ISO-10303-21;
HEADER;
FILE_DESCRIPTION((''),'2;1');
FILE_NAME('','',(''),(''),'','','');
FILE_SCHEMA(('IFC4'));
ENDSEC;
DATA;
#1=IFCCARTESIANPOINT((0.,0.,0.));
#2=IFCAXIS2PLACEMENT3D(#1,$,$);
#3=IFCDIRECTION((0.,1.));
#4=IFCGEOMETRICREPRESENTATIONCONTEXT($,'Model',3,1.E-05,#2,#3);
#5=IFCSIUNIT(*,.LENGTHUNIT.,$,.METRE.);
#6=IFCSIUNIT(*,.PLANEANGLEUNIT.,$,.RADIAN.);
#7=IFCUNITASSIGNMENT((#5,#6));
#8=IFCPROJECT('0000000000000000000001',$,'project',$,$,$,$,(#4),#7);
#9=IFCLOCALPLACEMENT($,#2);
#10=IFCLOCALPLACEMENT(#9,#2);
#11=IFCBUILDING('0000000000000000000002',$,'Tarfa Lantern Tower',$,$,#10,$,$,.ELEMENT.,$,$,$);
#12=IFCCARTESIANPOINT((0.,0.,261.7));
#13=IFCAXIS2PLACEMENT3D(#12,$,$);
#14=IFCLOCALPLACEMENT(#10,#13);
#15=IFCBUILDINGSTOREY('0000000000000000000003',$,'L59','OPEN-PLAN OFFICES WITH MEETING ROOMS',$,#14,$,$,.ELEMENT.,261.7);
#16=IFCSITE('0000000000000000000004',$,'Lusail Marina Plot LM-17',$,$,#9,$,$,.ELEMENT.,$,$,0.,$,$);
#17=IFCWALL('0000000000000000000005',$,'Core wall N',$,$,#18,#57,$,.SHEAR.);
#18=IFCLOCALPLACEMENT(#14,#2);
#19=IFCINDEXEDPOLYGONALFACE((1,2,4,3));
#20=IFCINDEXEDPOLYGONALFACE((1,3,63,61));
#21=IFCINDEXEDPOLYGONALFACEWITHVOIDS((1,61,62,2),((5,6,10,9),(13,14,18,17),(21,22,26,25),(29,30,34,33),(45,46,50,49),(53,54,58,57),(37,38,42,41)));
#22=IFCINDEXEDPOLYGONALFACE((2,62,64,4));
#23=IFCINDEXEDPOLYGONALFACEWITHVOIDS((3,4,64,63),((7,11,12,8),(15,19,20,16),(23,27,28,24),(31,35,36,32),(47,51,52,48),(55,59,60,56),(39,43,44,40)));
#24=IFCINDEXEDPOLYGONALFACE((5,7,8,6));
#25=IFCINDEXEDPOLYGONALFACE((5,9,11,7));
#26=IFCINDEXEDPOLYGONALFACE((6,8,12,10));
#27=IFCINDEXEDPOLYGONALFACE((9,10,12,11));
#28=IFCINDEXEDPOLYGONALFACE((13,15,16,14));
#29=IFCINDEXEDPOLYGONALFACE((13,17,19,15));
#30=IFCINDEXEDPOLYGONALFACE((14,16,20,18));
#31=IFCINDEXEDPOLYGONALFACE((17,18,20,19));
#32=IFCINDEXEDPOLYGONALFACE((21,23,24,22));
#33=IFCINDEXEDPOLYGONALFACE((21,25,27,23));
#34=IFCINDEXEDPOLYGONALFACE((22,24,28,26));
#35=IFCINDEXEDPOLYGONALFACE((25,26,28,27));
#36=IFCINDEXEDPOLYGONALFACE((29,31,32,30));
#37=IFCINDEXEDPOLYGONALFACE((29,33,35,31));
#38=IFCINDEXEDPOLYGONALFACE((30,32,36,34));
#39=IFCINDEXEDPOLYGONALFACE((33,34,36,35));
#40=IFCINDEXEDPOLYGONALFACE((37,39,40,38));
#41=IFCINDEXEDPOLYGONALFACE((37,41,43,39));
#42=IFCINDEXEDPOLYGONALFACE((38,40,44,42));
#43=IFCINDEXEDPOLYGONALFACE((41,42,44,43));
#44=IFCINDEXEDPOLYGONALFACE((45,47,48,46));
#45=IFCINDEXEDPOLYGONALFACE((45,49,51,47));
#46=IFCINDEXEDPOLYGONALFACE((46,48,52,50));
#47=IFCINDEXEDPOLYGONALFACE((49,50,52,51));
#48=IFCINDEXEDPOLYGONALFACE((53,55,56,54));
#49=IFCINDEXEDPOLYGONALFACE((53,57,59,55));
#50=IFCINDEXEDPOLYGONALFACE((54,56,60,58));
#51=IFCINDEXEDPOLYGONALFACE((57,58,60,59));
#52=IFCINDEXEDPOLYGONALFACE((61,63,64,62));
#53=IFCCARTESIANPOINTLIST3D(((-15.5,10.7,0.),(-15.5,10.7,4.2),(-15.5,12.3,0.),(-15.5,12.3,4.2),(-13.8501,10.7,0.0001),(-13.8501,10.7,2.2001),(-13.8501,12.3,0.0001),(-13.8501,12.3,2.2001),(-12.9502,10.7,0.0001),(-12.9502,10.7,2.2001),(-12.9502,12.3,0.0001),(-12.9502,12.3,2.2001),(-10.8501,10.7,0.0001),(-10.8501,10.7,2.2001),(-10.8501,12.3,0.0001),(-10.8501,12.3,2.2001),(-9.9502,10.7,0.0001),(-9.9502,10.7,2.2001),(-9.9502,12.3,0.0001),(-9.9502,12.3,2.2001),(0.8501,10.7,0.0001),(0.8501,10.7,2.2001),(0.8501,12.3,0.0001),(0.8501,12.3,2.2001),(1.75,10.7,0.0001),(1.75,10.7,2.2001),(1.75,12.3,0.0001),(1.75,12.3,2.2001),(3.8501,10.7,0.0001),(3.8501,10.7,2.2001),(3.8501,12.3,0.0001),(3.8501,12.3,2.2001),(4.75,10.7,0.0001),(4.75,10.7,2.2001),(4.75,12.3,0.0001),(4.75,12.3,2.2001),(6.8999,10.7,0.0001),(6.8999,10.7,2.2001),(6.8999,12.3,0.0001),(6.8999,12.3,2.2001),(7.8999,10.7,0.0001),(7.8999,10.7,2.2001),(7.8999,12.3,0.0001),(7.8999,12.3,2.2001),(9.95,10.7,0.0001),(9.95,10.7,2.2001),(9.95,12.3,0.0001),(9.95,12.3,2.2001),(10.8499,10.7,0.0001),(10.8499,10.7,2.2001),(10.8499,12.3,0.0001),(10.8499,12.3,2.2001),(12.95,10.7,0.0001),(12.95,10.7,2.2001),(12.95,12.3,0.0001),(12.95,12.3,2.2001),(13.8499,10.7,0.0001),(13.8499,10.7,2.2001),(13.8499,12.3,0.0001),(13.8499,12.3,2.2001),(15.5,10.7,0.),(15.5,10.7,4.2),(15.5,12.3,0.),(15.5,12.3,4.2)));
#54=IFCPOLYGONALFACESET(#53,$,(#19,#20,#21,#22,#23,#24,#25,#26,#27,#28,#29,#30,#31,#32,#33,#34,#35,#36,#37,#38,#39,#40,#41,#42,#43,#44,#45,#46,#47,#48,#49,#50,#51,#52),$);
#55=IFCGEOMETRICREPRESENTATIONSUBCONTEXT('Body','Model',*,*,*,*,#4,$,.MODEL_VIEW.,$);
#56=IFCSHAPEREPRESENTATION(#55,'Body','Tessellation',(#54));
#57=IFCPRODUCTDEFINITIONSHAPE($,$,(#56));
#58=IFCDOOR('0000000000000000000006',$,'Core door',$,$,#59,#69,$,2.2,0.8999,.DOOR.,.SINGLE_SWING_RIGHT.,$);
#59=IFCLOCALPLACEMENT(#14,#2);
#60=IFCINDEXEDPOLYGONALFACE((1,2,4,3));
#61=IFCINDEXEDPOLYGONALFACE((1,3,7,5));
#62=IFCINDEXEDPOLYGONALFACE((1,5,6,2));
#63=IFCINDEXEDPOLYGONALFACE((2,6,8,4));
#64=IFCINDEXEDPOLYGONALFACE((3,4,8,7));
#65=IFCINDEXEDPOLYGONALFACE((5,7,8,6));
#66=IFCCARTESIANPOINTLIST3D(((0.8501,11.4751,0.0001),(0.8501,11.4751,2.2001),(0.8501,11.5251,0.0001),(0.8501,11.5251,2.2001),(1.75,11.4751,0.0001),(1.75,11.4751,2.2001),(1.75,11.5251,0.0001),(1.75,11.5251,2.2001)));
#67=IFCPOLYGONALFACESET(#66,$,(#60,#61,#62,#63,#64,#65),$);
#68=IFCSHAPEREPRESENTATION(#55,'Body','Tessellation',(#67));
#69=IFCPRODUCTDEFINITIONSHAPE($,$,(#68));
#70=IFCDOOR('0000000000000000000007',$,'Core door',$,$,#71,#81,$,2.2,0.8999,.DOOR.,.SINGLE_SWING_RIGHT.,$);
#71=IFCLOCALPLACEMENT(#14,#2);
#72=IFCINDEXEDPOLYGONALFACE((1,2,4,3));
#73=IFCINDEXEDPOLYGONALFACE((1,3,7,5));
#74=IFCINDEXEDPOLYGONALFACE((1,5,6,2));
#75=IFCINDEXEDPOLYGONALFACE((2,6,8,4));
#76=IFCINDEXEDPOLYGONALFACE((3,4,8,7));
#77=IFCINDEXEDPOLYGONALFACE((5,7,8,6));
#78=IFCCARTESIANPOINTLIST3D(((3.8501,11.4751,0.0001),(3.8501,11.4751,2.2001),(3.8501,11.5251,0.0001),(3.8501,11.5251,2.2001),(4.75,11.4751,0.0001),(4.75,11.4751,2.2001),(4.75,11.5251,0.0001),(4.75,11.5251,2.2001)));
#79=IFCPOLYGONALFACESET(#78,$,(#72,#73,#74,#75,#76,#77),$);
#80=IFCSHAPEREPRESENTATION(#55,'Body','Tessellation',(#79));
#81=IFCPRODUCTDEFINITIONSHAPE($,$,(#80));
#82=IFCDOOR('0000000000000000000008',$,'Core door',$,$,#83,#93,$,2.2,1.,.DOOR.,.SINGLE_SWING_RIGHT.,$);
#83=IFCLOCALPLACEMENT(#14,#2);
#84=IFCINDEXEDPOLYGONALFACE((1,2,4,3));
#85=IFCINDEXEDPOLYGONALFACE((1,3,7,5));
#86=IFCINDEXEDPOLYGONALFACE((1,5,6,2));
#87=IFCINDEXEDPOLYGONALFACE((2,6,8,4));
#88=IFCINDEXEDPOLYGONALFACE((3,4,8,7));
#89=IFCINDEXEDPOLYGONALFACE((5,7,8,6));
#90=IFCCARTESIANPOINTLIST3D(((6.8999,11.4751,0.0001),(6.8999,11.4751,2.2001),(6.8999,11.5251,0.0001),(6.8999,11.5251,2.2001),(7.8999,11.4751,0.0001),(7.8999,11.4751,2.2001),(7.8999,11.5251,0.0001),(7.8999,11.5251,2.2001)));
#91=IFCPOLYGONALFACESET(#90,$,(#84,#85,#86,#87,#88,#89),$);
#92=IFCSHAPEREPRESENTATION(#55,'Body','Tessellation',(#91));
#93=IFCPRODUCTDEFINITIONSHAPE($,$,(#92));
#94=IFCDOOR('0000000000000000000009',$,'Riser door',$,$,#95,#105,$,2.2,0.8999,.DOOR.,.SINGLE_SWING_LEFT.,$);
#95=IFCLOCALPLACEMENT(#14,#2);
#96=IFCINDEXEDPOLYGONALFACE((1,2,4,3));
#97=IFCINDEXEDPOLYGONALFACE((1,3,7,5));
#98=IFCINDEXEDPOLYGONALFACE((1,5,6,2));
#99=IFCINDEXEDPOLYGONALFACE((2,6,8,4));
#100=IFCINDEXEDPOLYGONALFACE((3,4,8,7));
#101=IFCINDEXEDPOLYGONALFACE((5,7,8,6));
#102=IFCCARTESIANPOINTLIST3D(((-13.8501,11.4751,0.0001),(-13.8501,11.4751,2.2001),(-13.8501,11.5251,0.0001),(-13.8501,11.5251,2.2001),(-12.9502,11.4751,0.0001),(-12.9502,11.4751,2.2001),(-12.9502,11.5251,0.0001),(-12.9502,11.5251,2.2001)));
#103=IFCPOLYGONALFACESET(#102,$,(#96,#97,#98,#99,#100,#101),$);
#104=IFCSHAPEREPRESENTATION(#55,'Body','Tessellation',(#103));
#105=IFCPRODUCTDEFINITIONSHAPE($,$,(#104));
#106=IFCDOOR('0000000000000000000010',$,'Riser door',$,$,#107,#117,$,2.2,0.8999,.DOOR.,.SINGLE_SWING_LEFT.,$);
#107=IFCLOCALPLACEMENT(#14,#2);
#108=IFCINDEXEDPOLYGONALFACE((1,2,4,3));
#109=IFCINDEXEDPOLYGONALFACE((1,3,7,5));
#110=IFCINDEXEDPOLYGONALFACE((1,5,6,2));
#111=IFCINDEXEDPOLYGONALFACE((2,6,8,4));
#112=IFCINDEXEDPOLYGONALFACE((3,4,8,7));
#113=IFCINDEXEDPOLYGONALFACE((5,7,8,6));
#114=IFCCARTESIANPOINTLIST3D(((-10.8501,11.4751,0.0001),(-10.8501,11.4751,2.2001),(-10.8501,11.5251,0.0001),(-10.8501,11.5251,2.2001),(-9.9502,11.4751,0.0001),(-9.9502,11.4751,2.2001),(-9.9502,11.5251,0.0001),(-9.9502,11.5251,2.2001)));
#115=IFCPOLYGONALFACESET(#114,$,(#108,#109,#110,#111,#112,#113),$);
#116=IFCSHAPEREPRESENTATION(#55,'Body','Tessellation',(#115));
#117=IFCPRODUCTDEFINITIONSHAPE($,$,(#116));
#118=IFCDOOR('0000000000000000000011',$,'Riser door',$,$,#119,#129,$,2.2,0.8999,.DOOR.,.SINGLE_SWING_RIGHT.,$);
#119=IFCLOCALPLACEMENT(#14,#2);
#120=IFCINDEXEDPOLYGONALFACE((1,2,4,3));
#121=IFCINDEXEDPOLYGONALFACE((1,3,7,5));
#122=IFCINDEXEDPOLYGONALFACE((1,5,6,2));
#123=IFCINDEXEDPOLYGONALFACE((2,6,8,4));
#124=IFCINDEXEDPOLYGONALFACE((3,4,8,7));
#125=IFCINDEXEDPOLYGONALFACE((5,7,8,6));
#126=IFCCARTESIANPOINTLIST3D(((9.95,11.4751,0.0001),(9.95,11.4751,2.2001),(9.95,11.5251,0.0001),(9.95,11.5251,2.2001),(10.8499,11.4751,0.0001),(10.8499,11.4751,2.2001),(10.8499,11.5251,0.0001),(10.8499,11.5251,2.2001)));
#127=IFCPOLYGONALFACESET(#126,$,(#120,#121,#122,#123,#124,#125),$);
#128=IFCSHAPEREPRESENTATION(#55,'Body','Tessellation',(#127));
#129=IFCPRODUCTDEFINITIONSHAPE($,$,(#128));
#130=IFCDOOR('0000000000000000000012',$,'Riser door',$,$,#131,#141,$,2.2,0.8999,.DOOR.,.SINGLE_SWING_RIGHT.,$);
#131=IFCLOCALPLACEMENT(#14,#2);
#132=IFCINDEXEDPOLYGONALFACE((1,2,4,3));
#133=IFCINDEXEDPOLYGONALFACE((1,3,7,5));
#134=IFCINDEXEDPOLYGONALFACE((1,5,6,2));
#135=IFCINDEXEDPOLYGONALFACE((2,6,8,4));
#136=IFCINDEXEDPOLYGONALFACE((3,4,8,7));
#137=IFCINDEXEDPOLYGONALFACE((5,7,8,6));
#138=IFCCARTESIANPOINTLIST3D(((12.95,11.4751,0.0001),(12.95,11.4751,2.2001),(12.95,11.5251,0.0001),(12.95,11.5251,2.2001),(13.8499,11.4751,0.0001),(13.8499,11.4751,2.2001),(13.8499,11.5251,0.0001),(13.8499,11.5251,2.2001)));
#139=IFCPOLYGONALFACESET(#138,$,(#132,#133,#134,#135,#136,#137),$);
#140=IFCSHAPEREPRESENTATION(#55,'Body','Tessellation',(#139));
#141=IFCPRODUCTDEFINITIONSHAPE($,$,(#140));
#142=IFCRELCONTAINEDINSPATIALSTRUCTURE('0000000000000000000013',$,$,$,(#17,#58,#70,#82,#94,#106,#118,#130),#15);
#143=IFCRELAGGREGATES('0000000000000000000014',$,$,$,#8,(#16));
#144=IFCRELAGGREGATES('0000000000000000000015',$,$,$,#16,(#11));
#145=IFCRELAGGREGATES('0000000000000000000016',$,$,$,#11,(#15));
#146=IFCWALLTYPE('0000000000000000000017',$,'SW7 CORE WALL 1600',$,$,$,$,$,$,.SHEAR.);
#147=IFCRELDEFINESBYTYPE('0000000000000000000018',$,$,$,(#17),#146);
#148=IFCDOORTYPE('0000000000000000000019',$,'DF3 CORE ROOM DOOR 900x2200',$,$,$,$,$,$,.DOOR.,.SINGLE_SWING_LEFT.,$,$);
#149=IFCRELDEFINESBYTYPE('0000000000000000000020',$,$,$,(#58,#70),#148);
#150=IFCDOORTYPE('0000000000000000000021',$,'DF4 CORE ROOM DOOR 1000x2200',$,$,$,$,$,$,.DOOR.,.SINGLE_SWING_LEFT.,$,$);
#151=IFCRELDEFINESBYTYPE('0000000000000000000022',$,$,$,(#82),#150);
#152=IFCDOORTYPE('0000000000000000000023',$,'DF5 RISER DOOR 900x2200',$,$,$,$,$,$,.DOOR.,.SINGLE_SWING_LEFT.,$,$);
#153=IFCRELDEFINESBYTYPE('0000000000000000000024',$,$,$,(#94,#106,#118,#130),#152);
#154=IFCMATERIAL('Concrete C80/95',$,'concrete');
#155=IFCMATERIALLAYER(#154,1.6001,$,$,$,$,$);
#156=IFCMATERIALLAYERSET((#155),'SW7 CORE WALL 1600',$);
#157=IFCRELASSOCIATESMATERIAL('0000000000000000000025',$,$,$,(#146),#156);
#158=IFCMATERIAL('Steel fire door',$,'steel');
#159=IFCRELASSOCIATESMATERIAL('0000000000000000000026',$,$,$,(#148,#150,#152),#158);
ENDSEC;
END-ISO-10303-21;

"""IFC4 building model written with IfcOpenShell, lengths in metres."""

from ifc_helpers import new_model, si_unit, direction, frame, frame_2d, origin, place, context, subcontext, project, spatial, rectangle, extrude, material, layer, layer_set, type_object, element, fill, save


model = new_model("IFC4")

# Units and contexts
model_context = context("Model", 3, precision=1e-05, world=origin(), true_north=direction((0.0, 1.0)))
body_context = subcontext(model_context, "Body", "Model", "MODEL_VIEW")
ifc_project = project(units=[si_unit("LENGTHUNIT", "METRE"), si_unit("PLANEANGLEUNIT", "RADIAN")], contexts=[model_context])

# Site, building, storey
site_placement = place(None, origin())
site = spatial("IfcSite", under=ifc_project, at=site_placement, Name="Lusail Marina Plot LM-17", CompositionType="ELEMENT", RefElevation=0.0)
building_placement = place(site_placement, origin())
building = spatial("IfcBuilding", under=site, at=building_placement, Name="Tarfa Lantern Tower", CompositionType="ELEMENT")
storey_placement = place(building_placement, frame((0.0, 0.0, 261.7)))
storey = spatial("IfcBuildingStorey", under=building, at=storey_placement, Name="L59", Description="OPEN-PLAN OFFICES WITH MEETING ROOMS", CompositionType="ELEMENT", Elevation=261.7)

# Shared definitions
ifc_material_1 = material(Name="Concrete C80/95", Category="concrete")
ifc_material_2 = material(Name="Steel fire door", Category="steel")

# Wall, openings, doors
ifc_layer_1 = layer(ifc_material_1, 1.6001)
ifc_layer_set_1 = layer_set([ifc_layer_1], Name="SW7 CORE WALL 1600")
wall_type_1 = type_object("IfcWallType", Name="SW7 CORE WALL 1600", PredefinedType="SHEAR", material=ifc_layer_set_1)
wall_1_placement = place(storey_placement, frame((-15.5, 11.5, 0.0), z_axis=(0.0, 0.0, 1.0), x_axis=(1.0, 0.0, 0.0)))
wall_1 = element("IfcWall", 1, at=wall_1_placement, inside=storey, type_object=wall_type_1, Name="Core wall N", PredefinedType="SHEAR", context=body_context, shape_type="SweptSolid", body=[
    extrude(rectangle(XDim=31.0, YDim=1.6001, at=frame_2d((15.5, 0.0))), origin(), (0.0, 0.0, 1.0), 4.2),
])
opening_1_placement = place(wall_1_placement, frame((16.3501, 0.0, 0.0)))
opening_1 = element("IfcOpeningElement", 2, at=opening_1_placement, cuts=wall_1, PredefinedType="OPENING", context=body_context, shape_type="SweptSolid", body=[
    extrude(rectangle(XDim=0.8999, YDim=2.2, at=frame_2d((0.45, 1.1001))), frame((0.0, 0.8101, 0.0), z_axis=(0.0, -1.0, 0.0), x_axis=(1.0, 0.0, 0.0)), (0.0, 0.0, 1.0), 1.6201),
])
opening_2_placement = place(wall_1_placement, frame((19.3501, 0.0, 0.0)))
opening_2 = element("IfcOpeningElement", 3, at=opening_2_placement, cuts=wall_1, PredefinedType="OPENING", context=body_context, shape_type="SweptSolid", body=[
    extrude(rectangle(XDim=0.8999, YDim=2.2, at=frame_2d((0.45, 1.1001))), frame((0.0, 0.8101, 0.0), z_axis=(0.0, -1.0, 0.0), x_axis=(1.0, 0.0, 0.0)), (0.0, 0.0, 1.0), 1.6201),
])
opening_3_placement = place(wall_1_placement, frame((22.3999, 0.0, 0.0)))
opening_3 = element("IfcOpeningElement", 4, at=opening_3_placement, cuts=wall_1, PredefinedType="OPENING", context=body_context, shape_type="SweptSolid", body=[
    extrude(rectangle(XDim=1.0, YDim=2.2, at=frame_2d((0.5, 1.1001))), frame((0.0, 0.8101, 0.0), z_axis=(0.0, -1.0, 0.0), x_axis=(1.0, 0.0, 0.0)), (0.0, 0.0, 1.0), 1.6201),
])
opening_4_placement = place(wall_1_placement, frame((1.6499, 0.0, 0.0)))
opening_4 = element("IfcOpeningElement", 5, at=opening_4_placement, cuts=wall_1, PredefinedType="OPENING", context=body_context, shape_type="SweptSolid", body=[
    extrude(rectangle(XDim=0.8999, YDim=2.2, at=frame_2d((0.45, 1.1001))), frame((0.0, 0.8101, 0.0), z_axis=(0.0, -1.0, 0.0), x_axis=(1.0, 0.0, 0.0)), (0.0, 0.0, 1.0), 1.6201),
])
opening_5_placement = place(wall_1_placement, frame((4.6499, 0.0, 0.0)))
opening_5 = element("IfcOpeningElement", 6, at=opening_5_placement, cuts=wall_1, PredefinedType="OPENING", context=body_context, shape_type="SweptSolid", body=[
    extrude(rectangle(XDim=0.8999, YDim=2.2, at=frame_2d((0.45, 1.1001))), frame((0.0, 0.8101, 0.0), z_axis=(0.0, -1.0, 0.0), x_axis=(1.0, 0.0, 0.0)), (0.0, 0.0, 1.0), 1.6201),
])
opening_6_placement = place(wall_1_placement, frame((25.45, 0.0, 0.0)))
opening_6 = element("IfcOpeningElement", 7, at=opening_6_placement, cuts=wall_1, PredefinedType="OPENING", context=body_context, shape_type="SweptSolid", body=[
    extrude(rectangle(XDim=0.8999, YDim=2.2, at=frame_2d((0.45, 1.1001))), frame((0.0, 0.8101, 0.0), z_axis=(0.0, -1.0, 0.0), x_axis=(1.0, 0.0, 0.0)), (0.0, 0.0, 1.0), 1.6201),
])
opening_7_placement = place(wall_1_placement, frame((28.45, 0.0, 0.0)))
opening_7 = element("IfcOpeningElement", 8, at=opening_7_placement, cuts=wall_1, PredefinedType="OPENING", context=body_context, shape_type="SweptSolid", body=[
    extrude(rectangle(XDim=0.8999, YDim=2.2, at=frame_2d((0.45, 1.1001))), frame((0.0, 0.8101, 0.0), z_axis=(0.0, -1.0, 0.0), x_axis=(1.0, 0.0, 0.0)), (0.0, 0.0, 1.0), 1.6201),
])
door_type_1 = type_object("IfcDoorType", Name="DF3 CORE ROOM DOOR 900x2200", OperationType="SINGLE_SWING_LEFT", PredefinedType="DOOR", material=ifc_material_2)
door_1_placement = place(opening_1_placement, frame((0.8999, 0.0, 0.0), z_axis=(0.0, 0.0, 1.0), x_axis=(-1.0, 0.0, 0.0)))
door_1 = element("IfcDoor", 9, at=door_1_placement, inside=storey, type_object=door_type_1, Name="Core door", OperationType="SINGLE_SWING_RIGHT", OverallHeight=2.2, OverallWidth=0.8999, PredefinedType="DOOR", context=body_context, shape_type="SweptSolid", body=[
    extrude(rectangle(XDim=0.8999, YDim=2.2, at=frame_2d((0.45, 1.1001))), frame((0.0, 0.0249, 0.0), z_axis=(0.0, -1.0, 0.0), x_axis=(1.0, 0.0, 0.0)), (0.0, 0.0, 1.0), 0.05),
])
fill(opening_1, door_1)
door_2_placement = place(opening_2_placement, frame((0.8999, 0.0, 0.0), z_axis=(0.0, 0.0, 1.0), x_axis=(-1.0, 0.0, 0.0)))
door_2 = element("IfcDoor", 10, at=door_2_placement, inside=storey, type_object=door_type_1, Name="Core door", OperationType="SINGLE_SWING_RIGHT", OverallHeight=2.2, OverallWidth=0.8999, PredefinedType="DOOR", context=body_context, shape_type="SweptSolid", body=[
    extrude(rectangle(XDim=0.8999, YDim=2.2, at=frame_2d((0.45, 1.1001))), frame((0.0, 0.0249, 0.0), z_axis=(0.0, -1.0, 0.0), x_axis=(1.0, 0.0, 0.0)), (0.0, 0.0, 1.0), 0.05),
])
fill(opening_2, door_2)
door_type_2 = type_object("IfcDoorType", Name="DF4 CORE ROOM DOOR 1000x2200", OperationType="SINGLE_SWING_LEFT", PredefinedType="DOOR", material=ifc_material_2)
door_3_placement = place(opening_3_placement, frame((1.0, 0.0, 0.0), z_axis=(0.0, 0.0, 1.0), x_axis=(-1.0, 0.0, 0.0)))
door_3 = element("IfcDoor", 11, at=door_3_placement, inside=storey, type_object=door_type_2, Name="Core door", OperationType="SINGLE_SWING_RIGHT", OverallHeight=2.2, OverallWidth=1.0, PredefinedType="DOOR", context=body_context, shape_type="SweptSolid", body=[
    extrude(rectangle(XDim=1.0, YDim=2.2, at=frame_2d((0.5, 1.1001))), frame((0.0, 0.0249, 0.0), z_axis=(0.0, -1.0, 0.0), x_axis=(1.0, 0.0, 0.0)), (0.0, 0.0, 1.0), 0.05),
])
fill(opening_3, door_3)
door_type_3 = type_object("IfcDoorType", Name="DF5 RISER DOOR 900x2200", OperationType="SINGLE_SWING_LEFT", PredefinedType="DOOR", material=ifc_material_2)
door_4_placement = place(opening_4_placement, frame((0.8999, 0.0, 0.0), z_axis=(0.0, 0.0, 1.0), x_axis=(-1.0, 0.0, 0.0)))
door_4 = element("IfcDoor", 12, at=door_4_placement, inside=storey, type_object=door_type_3, Name="Riser door", OperationType="SINGLE_SWING_LEFT", OverallHeight=2.2, OverallWidth=0.8999, PredefinedType="DOOR", context=body_context, shape_type="SweptSolid", body=[
    extrude(rectangle(XDim=0.8999, YDim=2.2, at=frame_2d((0.45, 1.1001))), frame((0.0, 0.0249, 0.0), z_axis=(0.0, -1.0, 0.0), x_axis=(1.0, 0.0, 0.0)), (0.0, 0.0, 1.0), 0.05),
])
fill(opening_4, door_4)
door_5_placement = place(opening_5_placement, frame((0.8999, 0.0, 0.0), z_axis=(0.0, 0.0, 1.0), x_axis=(-1.0, 0.0, 0.0)))
door_5 = element("IfcDoor", 13, at=door_5_placement, inside=storey, type_object=door_type_3, Name="Riser door", OperationType="SINGLE_SWING_LEFT", OverallHeight=2.2, OverallWidth=0.8999, PredefinedType="DOOR", context=body_context, shape_type="SweptSolid", body=[
    extrude(rectangle(XDim=0.8999, YDim=2.2, at=frame_2d((0.45, 1.1001))), frame((0.0, 0.0249, 0.0), z_axis=(0.0, -1.0, 0.0), x_axis=(1.0, 0.0, 0.0)), (0.0, 0.0, 1.0), 0.05),
])
fill(opening_5, door_5)
door_6_placement = place(opening_6_placement, frame((0.8999, 0.0, 0.0), z_axis=(0.0, 0.0, 1.0), x_axis=(-1.0, 0.0, 0.0)))
door_6 = element("IfcDoor", 14, at=door_6_placement, inside=storey, type_object=door_type_3, Name="Riser door", OperationType="SINGLE_SWING_RIGHT", OverallHeight=2.2, OverallWidth=0.8999, PredefinedType="DOOR", context=body_context, shape_type="SweptSolid", body=[
    extrude(rectangle(XDim=0.8999, YDim=2.2, at=frame_2d((0.45, 1.1001))), frame((0.0, 0.0249, 0.0), z_axis=(0.0, -1.0, 0.0), x_axis=(1.0, 0.0, 0.0)), (0.0, 0.0, 1.0), 0.05),
])
fill(opening_6, door_6)
door_7_placement = place(opening_7_placement, frame((0.8999, 0.0, 0.0), z_axis=(0.0, 0.0, 1.0), x_axis=(-1.0, 0.0, 0.0)))
door_7 = element("IfcDoor", 15, at=door_7_placement, inside=storey, type_object=door_type_3, Name="Riser door", OperationType="SINGLE_SWING_RIGHT", OverallHeight=2.2, OverallWidth=0.8999, PredefinedType="DOOR", context=body_context, shape_type="SweptSolid", body=[
    extrude(rectangle(XDim=0.8999, YDim=2.2, at=frame_2d((0.45, 1.1001))), frame((0.0, 0.0249, 0.0), z_axis=(0.0, -1.0, 0.0), x_axis=(1.0, 0.0, 0.0)), (0.0, 0.0, 1.0), 0.05),
])
fill(opening_7, door_7)

save(model, "model.ifc")
